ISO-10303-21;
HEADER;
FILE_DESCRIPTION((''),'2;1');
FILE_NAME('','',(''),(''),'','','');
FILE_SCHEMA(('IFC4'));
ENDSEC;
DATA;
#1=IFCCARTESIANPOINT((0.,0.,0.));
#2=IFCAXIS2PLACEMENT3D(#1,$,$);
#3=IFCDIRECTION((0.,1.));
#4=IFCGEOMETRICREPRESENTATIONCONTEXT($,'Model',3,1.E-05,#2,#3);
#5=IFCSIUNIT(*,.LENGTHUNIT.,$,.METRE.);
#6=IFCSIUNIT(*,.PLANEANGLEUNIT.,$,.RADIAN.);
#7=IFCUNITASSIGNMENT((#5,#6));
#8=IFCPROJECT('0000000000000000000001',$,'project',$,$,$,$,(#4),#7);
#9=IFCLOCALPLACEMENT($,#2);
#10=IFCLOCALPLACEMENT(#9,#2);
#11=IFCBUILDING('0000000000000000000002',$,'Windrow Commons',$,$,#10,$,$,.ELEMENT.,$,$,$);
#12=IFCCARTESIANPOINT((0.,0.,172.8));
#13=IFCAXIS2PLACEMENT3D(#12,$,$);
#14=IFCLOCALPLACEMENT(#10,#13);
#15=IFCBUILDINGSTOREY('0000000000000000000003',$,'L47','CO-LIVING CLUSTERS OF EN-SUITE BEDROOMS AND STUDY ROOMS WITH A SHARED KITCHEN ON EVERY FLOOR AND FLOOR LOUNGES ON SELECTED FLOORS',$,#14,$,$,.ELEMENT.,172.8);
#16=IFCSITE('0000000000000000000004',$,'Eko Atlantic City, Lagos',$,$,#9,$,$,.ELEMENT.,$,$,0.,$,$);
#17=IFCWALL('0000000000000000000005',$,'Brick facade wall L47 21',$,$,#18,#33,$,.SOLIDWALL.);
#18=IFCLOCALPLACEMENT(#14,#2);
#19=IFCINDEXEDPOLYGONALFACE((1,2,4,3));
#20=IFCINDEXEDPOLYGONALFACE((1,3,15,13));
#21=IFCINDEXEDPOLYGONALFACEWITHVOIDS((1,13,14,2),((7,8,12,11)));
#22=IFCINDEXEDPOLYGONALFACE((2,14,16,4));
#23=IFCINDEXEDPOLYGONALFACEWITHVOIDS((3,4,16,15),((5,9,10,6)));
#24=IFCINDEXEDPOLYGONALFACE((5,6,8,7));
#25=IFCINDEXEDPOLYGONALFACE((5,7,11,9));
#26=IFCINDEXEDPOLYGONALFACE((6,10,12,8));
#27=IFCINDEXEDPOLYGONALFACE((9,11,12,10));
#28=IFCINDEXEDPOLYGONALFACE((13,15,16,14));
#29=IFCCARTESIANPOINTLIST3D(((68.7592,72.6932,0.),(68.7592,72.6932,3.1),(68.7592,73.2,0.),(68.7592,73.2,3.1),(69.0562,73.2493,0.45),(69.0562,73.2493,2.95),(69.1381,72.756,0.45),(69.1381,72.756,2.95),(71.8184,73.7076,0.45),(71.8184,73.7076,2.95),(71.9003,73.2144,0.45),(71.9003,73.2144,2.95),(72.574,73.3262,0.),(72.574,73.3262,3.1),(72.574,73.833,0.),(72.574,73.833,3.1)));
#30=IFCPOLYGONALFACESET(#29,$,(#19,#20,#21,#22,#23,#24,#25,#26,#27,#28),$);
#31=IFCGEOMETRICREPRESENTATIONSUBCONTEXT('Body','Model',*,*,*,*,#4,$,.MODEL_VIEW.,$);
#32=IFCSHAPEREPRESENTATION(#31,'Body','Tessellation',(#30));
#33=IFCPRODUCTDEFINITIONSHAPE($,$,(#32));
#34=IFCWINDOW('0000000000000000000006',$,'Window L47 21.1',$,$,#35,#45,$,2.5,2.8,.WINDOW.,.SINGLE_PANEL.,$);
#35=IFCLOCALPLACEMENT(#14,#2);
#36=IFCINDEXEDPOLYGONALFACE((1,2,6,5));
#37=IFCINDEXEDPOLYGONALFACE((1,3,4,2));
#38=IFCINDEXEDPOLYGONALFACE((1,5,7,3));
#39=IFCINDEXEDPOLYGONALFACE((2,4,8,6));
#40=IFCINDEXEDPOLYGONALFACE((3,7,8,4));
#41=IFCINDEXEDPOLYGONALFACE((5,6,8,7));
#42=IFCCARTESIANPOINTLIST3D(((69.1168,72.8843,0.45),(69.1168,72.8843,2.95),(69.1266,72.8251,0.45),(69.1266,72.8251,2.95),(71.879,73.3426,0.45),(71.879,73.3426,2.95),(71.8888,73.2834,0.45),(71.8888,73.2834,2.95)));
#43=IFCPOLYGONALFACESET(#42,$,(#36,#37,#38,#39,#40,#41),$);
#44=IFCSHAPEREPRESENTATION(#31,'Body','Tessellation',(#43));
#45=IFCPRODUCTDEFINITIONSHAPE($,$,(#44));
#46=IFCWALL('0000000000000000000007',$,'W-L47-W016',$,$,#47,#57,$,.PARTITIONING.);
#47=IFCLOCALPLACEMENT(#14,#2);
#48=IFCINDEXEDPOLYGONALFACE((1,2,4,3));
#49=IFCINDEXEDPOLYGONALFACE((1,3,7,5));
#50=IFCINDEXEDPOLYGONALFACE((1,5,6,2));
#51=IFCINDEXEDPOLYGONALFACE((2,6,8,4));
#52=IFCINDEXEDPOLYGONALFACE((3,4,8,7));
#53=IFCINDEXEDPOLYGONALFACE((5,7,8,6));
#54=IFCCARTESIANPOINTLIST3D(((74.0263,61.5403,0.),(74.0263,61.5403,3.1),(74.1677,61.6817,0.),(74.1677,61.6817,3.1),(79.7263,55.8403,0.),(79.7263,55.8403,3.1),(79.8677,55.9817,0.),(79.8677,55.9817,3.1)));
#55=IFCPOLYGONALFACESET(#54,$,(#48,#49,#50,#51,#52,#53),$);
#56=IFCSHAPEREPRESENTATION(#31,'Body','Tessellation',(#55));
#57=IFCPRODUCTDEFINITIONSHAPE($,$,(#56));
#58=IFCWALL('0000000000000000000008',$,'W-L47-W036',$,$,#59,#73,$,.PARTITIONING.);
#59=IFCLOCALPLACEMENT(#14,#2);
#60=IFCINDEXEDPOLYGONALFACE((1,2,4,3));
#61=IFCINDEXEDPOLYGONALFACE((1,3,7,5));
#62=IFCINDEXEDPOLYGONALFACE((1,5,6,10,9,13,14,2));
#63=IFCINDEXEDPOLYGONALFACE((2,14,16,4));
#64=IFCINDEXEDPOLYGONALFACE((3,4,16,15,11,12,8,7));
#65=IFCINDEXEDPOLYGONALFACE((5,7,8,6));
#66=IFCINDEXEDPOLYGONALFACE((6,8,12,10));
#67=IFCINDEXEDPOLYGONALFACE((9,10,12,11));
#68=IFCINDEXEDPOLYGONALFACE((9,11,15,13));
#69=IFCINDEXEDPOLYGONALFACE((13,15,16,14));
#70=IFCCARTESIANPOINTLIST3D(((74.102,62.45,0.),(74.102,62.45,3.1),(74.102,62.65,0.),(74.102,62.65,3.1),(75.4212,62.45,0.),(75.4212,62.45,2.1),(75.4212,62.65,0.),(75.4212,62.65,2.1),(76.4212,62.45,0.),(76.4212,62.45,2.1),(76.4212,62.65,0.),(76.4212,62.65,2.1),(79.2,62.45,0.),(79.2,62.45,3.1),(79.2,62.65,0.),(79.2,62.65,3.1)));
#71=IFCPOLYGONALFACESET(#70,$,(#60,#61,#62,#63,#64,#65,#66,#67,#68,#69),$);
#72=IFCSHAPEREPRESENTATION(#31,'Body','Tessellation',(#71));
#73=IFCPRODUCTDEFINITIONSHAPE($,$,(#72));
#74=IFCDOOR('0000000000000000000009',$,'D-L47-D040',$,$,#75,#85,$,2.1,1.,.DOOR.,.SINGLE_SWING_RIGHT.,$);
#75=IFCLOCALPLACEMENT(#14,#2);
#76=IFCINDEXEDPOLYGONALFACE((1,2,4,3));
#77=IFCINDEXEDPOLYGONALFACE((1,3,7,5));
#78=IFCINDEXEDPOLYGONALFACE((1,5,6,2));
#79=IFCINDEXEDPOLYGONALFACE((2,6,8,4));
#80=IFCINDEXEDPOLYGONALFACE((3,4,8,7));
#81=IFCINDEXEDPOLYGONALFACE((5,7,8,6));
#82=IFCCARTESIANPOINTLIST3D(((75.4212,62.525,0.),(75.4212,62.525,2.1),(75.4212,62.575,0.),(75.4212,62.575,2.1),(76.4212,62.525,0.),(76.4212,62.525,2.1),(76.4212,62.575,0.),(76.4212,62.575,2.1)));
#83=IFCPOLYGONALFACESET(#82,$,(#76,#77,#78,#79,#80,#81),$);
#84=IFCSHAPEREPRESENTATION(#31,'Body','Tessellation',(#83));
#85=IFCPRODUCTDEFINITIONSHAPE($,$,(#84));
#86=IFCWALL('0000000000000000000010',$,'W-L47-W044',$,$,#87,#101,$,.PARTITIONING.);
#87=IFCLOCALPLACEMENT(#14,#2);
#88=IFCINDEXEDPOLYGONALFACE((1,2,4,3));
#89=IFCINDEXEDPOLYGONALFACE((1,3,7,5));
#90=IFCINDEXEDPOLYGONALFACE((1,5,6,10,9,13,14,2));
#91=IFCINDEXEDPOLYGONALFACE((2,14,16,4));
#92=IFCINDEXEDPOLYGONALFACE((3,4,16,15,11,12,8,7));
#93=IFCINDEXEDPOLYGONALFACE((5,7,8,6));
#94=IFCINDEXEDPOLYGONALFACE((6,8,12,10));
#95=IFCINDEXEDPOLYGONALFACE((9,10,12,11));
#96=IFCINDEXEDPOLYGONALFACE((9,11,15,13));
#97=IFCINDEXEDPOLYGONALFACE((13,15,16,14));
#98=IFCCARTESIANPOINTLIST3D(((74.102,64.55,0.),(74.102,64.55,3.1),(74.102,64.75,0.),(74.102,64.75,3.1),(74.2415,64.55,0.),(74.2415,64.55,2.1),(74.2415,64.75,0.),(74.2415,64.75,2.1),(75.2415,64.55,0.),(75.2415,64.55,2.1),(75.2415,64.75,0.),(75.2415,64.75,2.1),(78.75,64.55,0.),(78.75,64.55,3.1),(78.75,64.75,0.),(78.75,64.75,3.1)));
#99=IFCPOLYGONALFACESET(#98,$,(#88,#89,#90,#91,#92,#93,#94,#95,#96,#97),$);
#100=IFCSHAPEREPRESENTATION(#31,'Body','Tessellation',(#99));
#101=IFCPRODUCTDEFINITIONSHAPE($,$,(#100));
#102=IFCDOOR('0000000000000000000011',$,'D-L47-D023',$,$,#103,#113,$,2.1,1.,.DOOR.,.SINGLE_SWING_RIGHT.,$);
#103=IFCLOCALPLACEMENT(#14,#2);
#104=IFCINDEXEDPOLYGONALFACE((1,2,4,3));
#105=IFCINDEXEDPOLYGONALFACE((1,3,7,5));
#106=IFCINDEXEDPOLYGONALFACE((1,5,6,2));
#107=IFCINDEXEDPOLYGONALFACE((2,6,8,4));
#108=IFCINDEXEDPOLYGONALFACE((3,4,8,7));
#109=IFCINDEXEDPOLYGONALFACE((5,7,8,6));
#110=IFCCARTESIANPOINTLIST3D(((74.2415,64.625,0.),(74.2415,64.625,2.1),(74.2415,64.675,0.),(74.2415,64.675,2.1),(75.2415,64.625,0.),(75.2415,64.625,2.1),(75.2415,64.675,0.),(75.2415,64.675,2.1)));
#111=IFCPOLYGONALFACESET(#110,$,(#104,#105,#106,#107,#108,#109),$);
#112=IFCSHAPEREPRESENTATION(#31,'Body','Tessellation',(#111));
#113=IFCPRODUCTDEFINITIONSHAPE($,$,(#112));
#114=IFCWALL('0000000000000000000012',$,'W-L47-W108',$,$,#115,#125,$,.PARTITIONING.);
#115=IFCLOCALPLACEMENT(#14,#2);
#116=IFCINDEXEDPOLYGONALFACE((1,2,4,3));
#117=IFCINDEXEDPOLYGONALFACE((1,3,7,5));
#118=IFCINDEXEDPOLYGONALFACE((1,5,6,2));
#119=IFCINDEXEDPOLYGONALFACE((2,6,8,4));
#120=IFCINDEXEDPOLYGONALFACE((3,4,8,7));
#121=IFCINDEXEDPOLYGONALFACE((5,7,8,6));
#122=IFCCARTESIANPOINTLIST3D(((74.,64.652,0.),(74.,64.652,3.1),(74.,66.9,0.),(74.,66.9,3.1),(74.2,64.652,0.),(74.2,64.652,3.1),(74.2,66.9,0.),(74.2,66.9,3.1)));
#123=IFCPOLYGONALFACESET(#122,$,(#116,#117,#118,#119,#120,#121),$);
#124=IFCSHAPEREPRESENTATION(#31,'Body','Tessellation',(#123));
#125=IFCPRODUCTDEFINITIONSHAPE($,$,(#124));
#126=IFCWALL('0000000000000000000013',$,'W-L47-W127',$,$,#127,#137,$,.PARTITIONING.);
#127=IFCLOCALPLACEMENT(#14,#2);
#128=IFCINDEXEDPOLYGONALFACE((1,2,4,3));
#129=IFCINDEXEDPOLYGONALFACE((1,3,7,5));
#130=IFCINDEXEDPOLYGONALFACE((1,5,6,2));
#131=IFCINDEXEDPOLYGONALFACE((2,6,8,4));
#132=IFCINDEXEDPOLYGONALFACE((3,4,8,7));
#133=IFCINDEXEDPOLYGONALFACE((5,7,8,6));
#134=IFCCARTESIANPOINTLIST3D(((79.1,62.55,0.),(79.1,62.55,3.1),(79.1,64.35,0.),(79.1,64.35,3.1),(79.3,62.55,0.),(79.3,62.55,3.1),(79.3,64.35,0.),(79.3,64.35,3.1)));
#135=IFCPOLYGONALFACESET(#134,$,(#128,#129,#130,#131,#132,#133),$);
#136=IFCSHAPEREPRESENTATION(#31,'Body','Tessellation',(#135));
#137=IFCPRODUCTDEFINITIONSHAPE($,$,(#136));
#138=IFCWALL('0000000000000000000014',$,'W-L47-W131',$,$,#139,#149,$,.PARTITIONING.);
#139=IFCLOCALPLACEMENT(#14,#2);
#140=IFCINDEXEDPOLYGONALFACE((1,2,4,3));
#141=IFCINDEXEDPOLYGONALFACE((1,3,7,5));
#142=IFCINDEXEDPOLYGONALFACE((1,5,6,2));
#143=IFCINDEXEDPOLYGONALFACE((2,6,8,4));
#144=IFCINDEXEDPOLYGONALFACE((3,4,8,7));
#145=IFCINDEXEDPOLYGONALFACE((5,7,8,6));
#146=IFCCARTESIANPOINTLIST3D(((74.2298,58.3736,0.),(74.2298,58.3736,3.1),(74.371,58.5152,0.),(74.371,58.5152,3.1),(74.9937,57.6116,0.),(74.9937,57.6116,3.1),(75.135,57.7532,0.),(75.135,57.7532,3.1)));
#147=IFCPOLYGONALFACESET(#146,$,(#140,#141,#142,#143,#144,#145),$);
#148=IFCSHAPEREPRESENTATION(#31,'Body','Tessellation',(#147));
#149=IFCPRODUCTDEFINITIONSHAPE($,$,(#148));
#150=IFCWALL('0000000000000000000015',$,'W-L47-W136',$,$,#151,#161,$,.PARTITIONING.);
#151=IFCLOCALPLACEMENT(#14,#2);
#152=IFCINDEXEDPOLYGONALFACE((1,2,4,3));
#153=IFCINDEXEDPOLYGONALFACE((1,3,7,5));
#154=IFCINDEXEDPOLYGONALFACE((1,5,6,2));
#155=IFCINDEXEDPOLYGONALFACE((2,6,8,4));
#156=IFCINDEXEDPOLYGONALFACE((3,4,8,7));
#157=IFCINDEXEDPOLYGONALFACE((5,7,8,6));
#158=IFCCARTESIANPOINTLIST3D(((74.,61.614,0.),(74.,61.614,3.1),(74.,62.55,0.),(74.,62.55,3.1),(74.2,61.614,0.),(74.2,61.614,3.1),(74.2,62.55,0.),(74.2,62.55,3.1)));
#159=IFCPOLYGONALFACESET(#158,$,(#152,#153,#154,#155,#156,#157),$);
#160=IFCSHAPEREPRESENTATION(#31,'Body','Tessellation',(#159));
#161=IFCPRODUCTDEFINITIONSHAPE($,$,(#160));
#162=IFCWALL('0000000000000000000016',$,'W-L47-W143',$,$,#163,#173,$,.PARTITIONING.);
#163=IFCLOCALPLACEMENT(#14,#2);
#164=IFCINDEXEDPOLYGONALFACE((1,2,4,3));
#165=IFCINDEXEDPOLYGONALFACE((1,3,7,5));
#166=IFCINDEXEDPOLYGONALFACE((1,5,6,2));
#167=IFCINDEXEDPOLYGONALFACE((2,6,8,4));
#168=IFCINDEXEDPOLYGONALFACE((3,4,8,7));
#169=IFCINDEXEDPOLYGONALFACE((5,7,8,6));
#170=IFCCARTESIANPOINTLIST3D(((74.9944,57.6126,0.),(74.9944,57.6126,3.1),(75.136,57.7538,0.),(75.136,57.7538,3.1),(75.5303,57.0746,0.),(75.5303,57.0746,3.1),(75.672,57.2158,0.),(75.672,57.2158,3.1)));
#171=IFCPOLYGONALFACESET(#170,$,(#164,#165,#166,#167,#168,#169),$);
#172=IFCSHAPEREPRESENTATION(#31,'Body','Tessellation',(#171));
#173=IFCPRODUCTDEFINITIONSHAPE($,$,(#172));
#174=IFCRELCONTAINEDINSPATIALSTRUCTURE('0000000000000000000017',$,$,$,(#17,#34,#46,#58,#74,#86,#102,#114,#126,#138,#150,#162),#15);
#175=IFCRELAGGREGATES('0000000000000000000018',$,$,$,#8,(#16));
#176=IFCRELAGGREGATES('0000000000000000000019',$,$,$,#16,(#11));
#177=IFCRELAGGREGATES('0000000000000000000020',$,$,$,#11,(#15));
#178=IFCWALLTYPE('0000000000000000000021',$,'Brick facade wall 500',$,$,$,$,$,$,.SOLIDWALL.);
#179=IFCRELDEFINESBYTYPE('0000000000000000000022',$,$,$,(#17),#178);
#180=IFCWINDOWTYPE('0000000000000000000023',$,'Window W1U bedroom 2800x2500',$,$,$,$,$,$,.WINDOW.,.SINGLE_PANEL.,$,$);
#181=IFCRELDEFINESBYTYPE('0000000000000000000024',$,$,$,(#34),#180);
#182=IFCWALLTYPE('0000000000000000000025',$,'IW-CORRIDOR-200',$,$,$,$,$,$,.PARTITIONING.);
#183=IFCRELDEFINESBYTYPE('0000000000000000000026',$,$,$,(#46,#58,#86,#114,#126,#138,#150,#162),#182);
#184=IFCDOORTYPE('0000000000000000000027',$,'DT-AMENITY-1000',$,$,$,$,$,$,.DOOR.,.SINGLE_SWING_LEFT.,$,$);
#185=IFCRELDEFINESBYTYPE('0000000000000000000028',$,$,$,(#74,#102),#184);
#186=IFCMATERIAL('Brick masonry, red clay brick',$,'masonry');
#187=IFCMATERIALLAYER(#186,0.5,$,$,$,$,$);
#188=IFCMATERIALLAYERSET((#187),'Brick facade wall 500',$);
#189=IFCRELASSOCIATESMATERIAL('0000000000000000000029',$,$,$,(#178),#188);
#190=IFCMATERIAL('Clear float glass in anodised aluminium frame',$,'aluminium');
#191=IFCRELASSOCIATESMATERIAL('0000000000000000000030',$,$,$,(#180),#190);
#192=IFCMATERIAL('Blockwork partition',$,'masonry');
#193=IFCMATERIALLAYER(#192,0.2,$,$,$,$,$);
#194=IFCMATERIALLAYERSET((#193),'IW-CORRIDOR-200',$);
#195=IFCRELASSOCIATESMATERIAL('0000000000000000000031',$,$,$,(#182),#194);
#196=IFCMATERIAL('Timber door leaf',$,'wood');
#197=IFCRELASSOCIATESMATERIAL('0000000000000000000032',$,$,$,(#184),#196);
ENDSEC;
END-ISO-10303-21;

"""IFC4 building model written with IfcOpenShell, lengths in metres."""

from ifc_helpers import new_model, si_unit, direction, frame, frame_2d, origin, place, context, subcontext, project, spatial, polyline, rectangle, outline, extrude, material, layer, layer_set, type_object, element, fill, save


model = new_model("IFC4")

# Units and contexts
model_context = context("Model", 3, precision=1e-05, world=origin(), true_north=direction((0.0, 1.0)))
body_context = subcontext(model_context, "Body", "Model", "MODEL_VIEW")
ifc_project = project(units=[si_unit("LENGTHUNIT", "METRE"), si_unit("PLANEANGLEUNIT", "RADIAN")], contexts=[model_context])

# Site, building, storey
site_placement = place(None, origin())
site = spatial("IfcSite", under=ifc_project, at=site_placement, Name="Eko Atlantic City, Lagos", CompositionType="ELEMENT", RefElevation=0.0)
building_placement = place(site_placement, origin())
building = spatial("IfcBuilding", under=site, at=building_placement, Name="Windrow Commons", CompositionType="ELEMENT")
storey_placement = place(building_placement, frame((0.0, 0.0, 172.8)))
storey = spatial("IfcBuildingStorey", under=building, at=storey_placement, Name="L47", Description="CO-LIVING CLUSTERS OF EN-SUITE BEDROOMS AND STUDY ROOMS WITH A SHARED KITCHEN ON EVERY FLOOR AND FLOOR LOUNGES ON SELECTED FLOORS", CompositionType="ELEMENT", Elevation=172.8)

# Wall, opening, window
ifc_material_1 = material(Name="Brick masonry, red clay brick", Category="masonry")
ifc_layer_1 = layer(ifc_material_1, 0.5)
ifc_layer_set_1 = layer_set([ifc_layer_1], Name="Brick facade wall 500")
wall_type_1 = type_object("IfcWallType", Name="Brick facade wall 500", PredefinedType="SOLIDWALL", material=ifc_layer_set_1)
wall_1_placement = place(storey_placement, frame((72.574, 73.5796, 0.0), z_axis=(0.0, 0.0, 1.0), x_axis=(-0.986511, -0.163694, 0.0)))
wall_1 = element("IfcWall", 1, at=wall_1_placement, inside=storey, type_object=wall_type_1, Name="Brick facade wall L47 21", PredefinedType="SOLIDWALL", context=body_context, shape_type="SweptSolid", body=[
    extrude(outline(polyline([(-0.0415, -0.25), (3.8255, -0.25), (3.9084, 0.25), (0.0415, 0.25), (-0.0415, -0.25)])), origin(), (0.0, 0.0, 1.0), 3.1),
])
opening_1_placement = place(wall_1_placement, frame((0.7244, 0.0, 0.45)))
opening_1 = element("IfcOpeningElement", 2, at=opening_1_placement, cuts=wall_1, PredefinedType="OPENING", context=body_context, shape_type="SweptSolid", body=[
    extrude(rectangle(XDim=2.8, YDim=2.5, at=frame_2d((1.4, 1.25))), frame((0.0, 0.26, 0.0), z_axis=(0.0, -1.0, 0.0), x_axis=(1.0, 0.0, 0.0)), (0.0, 0.0, 1.0), 0.52),
])
ifc_material_2 = material(Name="Clear float glass in anodised aluminium frame", Category="aluminium")
window_type_1 = type_object("IfcWindowType", Name="Window W1U bedroom 2800x2500", PartitioningType="SINGLE_PANEL", PredefinedType="WINDOW", material=ifc_material_2)
window_1_placement = place(opening_1_placement, origin())
window_1 = element("IfcWindow", 3, at=window_1_placement, inside=storey, type_object=window_type_1, Name="Window L47 21.1", OverallHeight=2.5, OverallWidth=2.8, PartitioningType="SINGLE_PANEL", PredefinedType="WINDOW", context=body_context, shape_type="SweptSolid", body=[
    extrude(rectangle(XDim=2.8, YDim=2.5, at=frame_2d((1.4, 1.25))), frame((0.0, 0.18, 0.0), z_axis=(0.0, -1.0, 0.0), x_axis=(1.0, 0.0, 0.0)), (0.0, 0.0, 1.0), 0.06),
])
fill(opening_1, window_1)

# Wall
ifc_material_3 = material(Name="Blockwork partition", Category="masonry")
ifc_layer_2 = layer(ifc_material_3, 0.2)
ifc_layer_set_2 = layer_set([ifc_layer_2], Name="IW-CORRIDOR-200")
wall_type_2 = type_object("IfcWallType", Name="IW-CORRIDOR-200", PredefinedType="PARTITIONING", material=ifc_layer_set_2)
wall_2_placement = place(storey_placement, frame((74.097, 61.611, 0.0), z_axis=(0.0, 0.0, 1.0), x_axis=(0.707107, -0.707107, 0.0)))
element("IfcWall", 4, at=wall_2_placement, inside=storey, type_object=wall_type_2, Name="W-L47-W016", PredefinedType="PARTITIONING", context=body_context, shape_type="SweptSolid", body=[
    extrude(rectangle(XDim=8.061, YDim=0.2, at=frame_2d((4.0305, 0.0))), origin(), (0.0, 0.0, 1.0), 3.1),
])

# Walls, openings, doors
wall_3_placement = place(storey_placement, frame((74.102, 62.55, 0.0), z_axis=(0.0, 0.0, 1.0), x_axis=(1.0, 0.0, 0.0)))
wall_3 = element("IfcWall", 5, at=wall_3_placement, inside=storey, type_object=wall_type_2, Name="W-L47-W036", PredefinedType="PARTITIONING", context=body_context, shape_type="SweptSolid", body=[
    extrude(rectangle(XDim=5.098, YDim=0.2, at=frame_2d((2.549, 0.0))), origin(), (0.0, 0.0, 1.0), 3.1),
])
opening_2_placement = place(wall_3_placement, frame((1.3192, 0.0, 0.0)))
opening_2 = element("IfcOpeningElement", 6, at=opening_2_placement, cuts=wall_3, PredefinedType="OPENING", context=body_context, shape_type="SweptSolid", body=[
    extrude(rectangle(XDim=1.0, YDim=2.1, at=frame_2d((0.5, 1.05))), frame((0.0, 0.11, 0.0), z_axis=(0.0, -1.0, 0.0), x_axis=(1.0, 0.0, 0.0)), (0.0, 0.0, 1.0), 0.22),
])
ifc_material_4 = material(Name="Timber door leaf", Category="wood")
door_type = type_object("IfcDoorType", Name="DT-AMENITY-1000", OperationType="SINGLE_SWING_LEFT", PredefinedType="DOOR", material=ifc_material_4)
door_1_placement = place(opening_2_placement, origin())
door_1 = element("IfcDoor", 7, at=door_1_placement, inside=storey, type_object=door_type, Name="D-L47-D040", OperationType="SINGLE_SWING_RIGHT", OverallHeight=2.1, OverallWidth=1.0, PredefinedType="DOOR", context=body_context, shape_type="SweptSolid", body=[
    extrude(rectangle(XDim=1.0, YDim=2.1, at=frame_2d((0.5, 1.05))), frame((0.0, 0.025, 0.0), z_axis=(0.0, -1.0, 0.0), x_axis=(1.0, 0.0, 0.0)), (0.0, 0.0, 1.0), 0.05),
])
fill(opening_2, door_1)
wall_4_placement = place(storey_placement, frame((74.102, 64.65, 0.0), z_axis=(0.0, 0.0, 1.0), x_axis=(1.0, 0.0, 0.0)))
wall_4 = element("IfcWall", 8, at=wall_4_placement, inside=storey, type_object=wall_type_2, Name="W-L47-W044", PredefinedType="PARTITIONING", context=body_context, shape_type="SweptSolid", body=[
    extrude(rectangle(XDim=4.648, YDim=0.2, at=frame_2d((2.324, 0.0))), origin(), (0.0, 0.0, 1.0), 3.1),
])
opening_3_placement = place(wall_4_placement, frame((0.1395, 0.0, 0.0)))
opening_3 = element("IfcOpeningElement", 9, at=opening_3_placement, cuts=wall_4, PredefinedType="OPENING", context=body_context, shape_type="SweptSolid", body=[
    extrude(rectangle(XDim=1.0, YDim=2.1, at=frame_2d((0.5, 1.05))), frame((0.0, 0.11, 0.0), z_axis=(0.0, -1.0, 0.0), x_axis=(1.0, 0.0, 0.0)), (0.0, 0.0, 1.0), 0.22),
])
door_2_placement = place(opening_3_placement, origin())
door_2 = element("IfcDoor", 10, at=door_2_placement, inside=storey, type_object=door_type, Name="D-L47-D023", OperationType="SINGLE_SWING_RIGHT", OverallHeight=2.1, OverallWidth=1.0, PredefinedType="DOOR", context=body_context, shape_type="SweptSolid", body=[
    extrude(rectangle(XDim=1.0, YDim=2.1, at=frame_2d((0.5, 1.05))), frame((0.0, 0.025, 0.0), z_axis=(0.0, -1.0, 0.0), x_axis=(1.0, 0.0, 0.0)), (0.0, 0.0, 1.0), 0.05),
])
fill(opening_3, door_2)

# Walls
wall_5_placement = place(storey_placement, frame((74.1, 64.652, 0.0), z_axis=(0.0, 0.0, 1.0), x_axis=(0.0, 1.0, 0.0)))
element("IfcWall", 11, at=wall_5_placement, inside=storey, type_object=wall_type_2, Name="W-L47-W108", PredefinedType="PARTITIONING", context=body_context, shape_type="SweptSolid", body=[
    extrude(rectangle(XDim=2.248, YDim=0.2, at=frame_2d((1.124, 0.0))), origin(), (0.0, 0.0, 1.0), 3.1),
])
wall_6_placement = place(storey_placement, frame((79.2, 62.55, 0.0), z_axis=(0.0, 0.0, 1.0), x_axis=(0.0, 1.0, 0.0)))
element("IfcWall", 12, at=wall_6_placement, inside=storey, type_object=wall_type_2, Name="W-L47-W127", PredefinedType="PARTITIONING", context=body_context, shape_type="SweptSolid", body=[
    extrude(rectangle(XDim=1.8, YDim=0.2, at=frame_2d((0.9, 0.0))), origin(), (0.0, 0.0, 1.0), 3.1),
])
wall_7_placement = place(storey_placement, frame((74.3004, 58.4444, 0.0), z_axis=(0.0, 0.0, 1.0), x_axis=(0.708033, -0.706179, 0.0)))
element("IfcWall", 13, at=wall_7_placement, inside=storey, type_object=wall_type_2, Name="W-L47-W131", PredefinedType="PARTITIONING", context=body_context, shape_type="SweptSolid", body=[
    extrude(rectangle(XDim=1.079, YDim=0.2, at=frame_2d((0.5395, 0.0))), origin(), (0.0, 0.0, 1.0), 3.1),
])
wall_8_placement = place(storey_placement, frame((74.1, 61.614, 0.0), z_axis=(0.0, 0.0, 1.0), x_axis=(0.0, 1.0, 0.0)))
element("IfcWall", 14, at=wall_8_placement, inside=storey, type_object=wall_type_2, Name="W-L47-W136", PredefinedType="PARTITIONING", context=body_context, shape_type="SweptSolid", body=[
    extrude(rectangle(XDim=0.936, YDim=0.2, at=frame_2d((0.468, 0.0))), origin(), (0.0, 0.0, 1.0), 3.1),
])
wall_9_placement = place(storey_placement, frame((75.0652, 57.6832, 0.0), z_axis=(0.0, 0.0, 1.0), x_axis=(0.705789, -0.708422, 0.0)))
element("IfcWall", 15, at=wall_9_placement, inside=storey, type_object=wall_type_2, Name="W-L47-W143", PredefinedType="PARTITIONING", context=body_context, shape_type="SweptSolid", body=[
    extrude(rectangle(XDim=0.7594, YDim=0.2, at=frame_2d((0.3797, 0.0))), origin(), (0.0, 0.0, 1.0), 3.1),
])

save(model, "model.ifc")
